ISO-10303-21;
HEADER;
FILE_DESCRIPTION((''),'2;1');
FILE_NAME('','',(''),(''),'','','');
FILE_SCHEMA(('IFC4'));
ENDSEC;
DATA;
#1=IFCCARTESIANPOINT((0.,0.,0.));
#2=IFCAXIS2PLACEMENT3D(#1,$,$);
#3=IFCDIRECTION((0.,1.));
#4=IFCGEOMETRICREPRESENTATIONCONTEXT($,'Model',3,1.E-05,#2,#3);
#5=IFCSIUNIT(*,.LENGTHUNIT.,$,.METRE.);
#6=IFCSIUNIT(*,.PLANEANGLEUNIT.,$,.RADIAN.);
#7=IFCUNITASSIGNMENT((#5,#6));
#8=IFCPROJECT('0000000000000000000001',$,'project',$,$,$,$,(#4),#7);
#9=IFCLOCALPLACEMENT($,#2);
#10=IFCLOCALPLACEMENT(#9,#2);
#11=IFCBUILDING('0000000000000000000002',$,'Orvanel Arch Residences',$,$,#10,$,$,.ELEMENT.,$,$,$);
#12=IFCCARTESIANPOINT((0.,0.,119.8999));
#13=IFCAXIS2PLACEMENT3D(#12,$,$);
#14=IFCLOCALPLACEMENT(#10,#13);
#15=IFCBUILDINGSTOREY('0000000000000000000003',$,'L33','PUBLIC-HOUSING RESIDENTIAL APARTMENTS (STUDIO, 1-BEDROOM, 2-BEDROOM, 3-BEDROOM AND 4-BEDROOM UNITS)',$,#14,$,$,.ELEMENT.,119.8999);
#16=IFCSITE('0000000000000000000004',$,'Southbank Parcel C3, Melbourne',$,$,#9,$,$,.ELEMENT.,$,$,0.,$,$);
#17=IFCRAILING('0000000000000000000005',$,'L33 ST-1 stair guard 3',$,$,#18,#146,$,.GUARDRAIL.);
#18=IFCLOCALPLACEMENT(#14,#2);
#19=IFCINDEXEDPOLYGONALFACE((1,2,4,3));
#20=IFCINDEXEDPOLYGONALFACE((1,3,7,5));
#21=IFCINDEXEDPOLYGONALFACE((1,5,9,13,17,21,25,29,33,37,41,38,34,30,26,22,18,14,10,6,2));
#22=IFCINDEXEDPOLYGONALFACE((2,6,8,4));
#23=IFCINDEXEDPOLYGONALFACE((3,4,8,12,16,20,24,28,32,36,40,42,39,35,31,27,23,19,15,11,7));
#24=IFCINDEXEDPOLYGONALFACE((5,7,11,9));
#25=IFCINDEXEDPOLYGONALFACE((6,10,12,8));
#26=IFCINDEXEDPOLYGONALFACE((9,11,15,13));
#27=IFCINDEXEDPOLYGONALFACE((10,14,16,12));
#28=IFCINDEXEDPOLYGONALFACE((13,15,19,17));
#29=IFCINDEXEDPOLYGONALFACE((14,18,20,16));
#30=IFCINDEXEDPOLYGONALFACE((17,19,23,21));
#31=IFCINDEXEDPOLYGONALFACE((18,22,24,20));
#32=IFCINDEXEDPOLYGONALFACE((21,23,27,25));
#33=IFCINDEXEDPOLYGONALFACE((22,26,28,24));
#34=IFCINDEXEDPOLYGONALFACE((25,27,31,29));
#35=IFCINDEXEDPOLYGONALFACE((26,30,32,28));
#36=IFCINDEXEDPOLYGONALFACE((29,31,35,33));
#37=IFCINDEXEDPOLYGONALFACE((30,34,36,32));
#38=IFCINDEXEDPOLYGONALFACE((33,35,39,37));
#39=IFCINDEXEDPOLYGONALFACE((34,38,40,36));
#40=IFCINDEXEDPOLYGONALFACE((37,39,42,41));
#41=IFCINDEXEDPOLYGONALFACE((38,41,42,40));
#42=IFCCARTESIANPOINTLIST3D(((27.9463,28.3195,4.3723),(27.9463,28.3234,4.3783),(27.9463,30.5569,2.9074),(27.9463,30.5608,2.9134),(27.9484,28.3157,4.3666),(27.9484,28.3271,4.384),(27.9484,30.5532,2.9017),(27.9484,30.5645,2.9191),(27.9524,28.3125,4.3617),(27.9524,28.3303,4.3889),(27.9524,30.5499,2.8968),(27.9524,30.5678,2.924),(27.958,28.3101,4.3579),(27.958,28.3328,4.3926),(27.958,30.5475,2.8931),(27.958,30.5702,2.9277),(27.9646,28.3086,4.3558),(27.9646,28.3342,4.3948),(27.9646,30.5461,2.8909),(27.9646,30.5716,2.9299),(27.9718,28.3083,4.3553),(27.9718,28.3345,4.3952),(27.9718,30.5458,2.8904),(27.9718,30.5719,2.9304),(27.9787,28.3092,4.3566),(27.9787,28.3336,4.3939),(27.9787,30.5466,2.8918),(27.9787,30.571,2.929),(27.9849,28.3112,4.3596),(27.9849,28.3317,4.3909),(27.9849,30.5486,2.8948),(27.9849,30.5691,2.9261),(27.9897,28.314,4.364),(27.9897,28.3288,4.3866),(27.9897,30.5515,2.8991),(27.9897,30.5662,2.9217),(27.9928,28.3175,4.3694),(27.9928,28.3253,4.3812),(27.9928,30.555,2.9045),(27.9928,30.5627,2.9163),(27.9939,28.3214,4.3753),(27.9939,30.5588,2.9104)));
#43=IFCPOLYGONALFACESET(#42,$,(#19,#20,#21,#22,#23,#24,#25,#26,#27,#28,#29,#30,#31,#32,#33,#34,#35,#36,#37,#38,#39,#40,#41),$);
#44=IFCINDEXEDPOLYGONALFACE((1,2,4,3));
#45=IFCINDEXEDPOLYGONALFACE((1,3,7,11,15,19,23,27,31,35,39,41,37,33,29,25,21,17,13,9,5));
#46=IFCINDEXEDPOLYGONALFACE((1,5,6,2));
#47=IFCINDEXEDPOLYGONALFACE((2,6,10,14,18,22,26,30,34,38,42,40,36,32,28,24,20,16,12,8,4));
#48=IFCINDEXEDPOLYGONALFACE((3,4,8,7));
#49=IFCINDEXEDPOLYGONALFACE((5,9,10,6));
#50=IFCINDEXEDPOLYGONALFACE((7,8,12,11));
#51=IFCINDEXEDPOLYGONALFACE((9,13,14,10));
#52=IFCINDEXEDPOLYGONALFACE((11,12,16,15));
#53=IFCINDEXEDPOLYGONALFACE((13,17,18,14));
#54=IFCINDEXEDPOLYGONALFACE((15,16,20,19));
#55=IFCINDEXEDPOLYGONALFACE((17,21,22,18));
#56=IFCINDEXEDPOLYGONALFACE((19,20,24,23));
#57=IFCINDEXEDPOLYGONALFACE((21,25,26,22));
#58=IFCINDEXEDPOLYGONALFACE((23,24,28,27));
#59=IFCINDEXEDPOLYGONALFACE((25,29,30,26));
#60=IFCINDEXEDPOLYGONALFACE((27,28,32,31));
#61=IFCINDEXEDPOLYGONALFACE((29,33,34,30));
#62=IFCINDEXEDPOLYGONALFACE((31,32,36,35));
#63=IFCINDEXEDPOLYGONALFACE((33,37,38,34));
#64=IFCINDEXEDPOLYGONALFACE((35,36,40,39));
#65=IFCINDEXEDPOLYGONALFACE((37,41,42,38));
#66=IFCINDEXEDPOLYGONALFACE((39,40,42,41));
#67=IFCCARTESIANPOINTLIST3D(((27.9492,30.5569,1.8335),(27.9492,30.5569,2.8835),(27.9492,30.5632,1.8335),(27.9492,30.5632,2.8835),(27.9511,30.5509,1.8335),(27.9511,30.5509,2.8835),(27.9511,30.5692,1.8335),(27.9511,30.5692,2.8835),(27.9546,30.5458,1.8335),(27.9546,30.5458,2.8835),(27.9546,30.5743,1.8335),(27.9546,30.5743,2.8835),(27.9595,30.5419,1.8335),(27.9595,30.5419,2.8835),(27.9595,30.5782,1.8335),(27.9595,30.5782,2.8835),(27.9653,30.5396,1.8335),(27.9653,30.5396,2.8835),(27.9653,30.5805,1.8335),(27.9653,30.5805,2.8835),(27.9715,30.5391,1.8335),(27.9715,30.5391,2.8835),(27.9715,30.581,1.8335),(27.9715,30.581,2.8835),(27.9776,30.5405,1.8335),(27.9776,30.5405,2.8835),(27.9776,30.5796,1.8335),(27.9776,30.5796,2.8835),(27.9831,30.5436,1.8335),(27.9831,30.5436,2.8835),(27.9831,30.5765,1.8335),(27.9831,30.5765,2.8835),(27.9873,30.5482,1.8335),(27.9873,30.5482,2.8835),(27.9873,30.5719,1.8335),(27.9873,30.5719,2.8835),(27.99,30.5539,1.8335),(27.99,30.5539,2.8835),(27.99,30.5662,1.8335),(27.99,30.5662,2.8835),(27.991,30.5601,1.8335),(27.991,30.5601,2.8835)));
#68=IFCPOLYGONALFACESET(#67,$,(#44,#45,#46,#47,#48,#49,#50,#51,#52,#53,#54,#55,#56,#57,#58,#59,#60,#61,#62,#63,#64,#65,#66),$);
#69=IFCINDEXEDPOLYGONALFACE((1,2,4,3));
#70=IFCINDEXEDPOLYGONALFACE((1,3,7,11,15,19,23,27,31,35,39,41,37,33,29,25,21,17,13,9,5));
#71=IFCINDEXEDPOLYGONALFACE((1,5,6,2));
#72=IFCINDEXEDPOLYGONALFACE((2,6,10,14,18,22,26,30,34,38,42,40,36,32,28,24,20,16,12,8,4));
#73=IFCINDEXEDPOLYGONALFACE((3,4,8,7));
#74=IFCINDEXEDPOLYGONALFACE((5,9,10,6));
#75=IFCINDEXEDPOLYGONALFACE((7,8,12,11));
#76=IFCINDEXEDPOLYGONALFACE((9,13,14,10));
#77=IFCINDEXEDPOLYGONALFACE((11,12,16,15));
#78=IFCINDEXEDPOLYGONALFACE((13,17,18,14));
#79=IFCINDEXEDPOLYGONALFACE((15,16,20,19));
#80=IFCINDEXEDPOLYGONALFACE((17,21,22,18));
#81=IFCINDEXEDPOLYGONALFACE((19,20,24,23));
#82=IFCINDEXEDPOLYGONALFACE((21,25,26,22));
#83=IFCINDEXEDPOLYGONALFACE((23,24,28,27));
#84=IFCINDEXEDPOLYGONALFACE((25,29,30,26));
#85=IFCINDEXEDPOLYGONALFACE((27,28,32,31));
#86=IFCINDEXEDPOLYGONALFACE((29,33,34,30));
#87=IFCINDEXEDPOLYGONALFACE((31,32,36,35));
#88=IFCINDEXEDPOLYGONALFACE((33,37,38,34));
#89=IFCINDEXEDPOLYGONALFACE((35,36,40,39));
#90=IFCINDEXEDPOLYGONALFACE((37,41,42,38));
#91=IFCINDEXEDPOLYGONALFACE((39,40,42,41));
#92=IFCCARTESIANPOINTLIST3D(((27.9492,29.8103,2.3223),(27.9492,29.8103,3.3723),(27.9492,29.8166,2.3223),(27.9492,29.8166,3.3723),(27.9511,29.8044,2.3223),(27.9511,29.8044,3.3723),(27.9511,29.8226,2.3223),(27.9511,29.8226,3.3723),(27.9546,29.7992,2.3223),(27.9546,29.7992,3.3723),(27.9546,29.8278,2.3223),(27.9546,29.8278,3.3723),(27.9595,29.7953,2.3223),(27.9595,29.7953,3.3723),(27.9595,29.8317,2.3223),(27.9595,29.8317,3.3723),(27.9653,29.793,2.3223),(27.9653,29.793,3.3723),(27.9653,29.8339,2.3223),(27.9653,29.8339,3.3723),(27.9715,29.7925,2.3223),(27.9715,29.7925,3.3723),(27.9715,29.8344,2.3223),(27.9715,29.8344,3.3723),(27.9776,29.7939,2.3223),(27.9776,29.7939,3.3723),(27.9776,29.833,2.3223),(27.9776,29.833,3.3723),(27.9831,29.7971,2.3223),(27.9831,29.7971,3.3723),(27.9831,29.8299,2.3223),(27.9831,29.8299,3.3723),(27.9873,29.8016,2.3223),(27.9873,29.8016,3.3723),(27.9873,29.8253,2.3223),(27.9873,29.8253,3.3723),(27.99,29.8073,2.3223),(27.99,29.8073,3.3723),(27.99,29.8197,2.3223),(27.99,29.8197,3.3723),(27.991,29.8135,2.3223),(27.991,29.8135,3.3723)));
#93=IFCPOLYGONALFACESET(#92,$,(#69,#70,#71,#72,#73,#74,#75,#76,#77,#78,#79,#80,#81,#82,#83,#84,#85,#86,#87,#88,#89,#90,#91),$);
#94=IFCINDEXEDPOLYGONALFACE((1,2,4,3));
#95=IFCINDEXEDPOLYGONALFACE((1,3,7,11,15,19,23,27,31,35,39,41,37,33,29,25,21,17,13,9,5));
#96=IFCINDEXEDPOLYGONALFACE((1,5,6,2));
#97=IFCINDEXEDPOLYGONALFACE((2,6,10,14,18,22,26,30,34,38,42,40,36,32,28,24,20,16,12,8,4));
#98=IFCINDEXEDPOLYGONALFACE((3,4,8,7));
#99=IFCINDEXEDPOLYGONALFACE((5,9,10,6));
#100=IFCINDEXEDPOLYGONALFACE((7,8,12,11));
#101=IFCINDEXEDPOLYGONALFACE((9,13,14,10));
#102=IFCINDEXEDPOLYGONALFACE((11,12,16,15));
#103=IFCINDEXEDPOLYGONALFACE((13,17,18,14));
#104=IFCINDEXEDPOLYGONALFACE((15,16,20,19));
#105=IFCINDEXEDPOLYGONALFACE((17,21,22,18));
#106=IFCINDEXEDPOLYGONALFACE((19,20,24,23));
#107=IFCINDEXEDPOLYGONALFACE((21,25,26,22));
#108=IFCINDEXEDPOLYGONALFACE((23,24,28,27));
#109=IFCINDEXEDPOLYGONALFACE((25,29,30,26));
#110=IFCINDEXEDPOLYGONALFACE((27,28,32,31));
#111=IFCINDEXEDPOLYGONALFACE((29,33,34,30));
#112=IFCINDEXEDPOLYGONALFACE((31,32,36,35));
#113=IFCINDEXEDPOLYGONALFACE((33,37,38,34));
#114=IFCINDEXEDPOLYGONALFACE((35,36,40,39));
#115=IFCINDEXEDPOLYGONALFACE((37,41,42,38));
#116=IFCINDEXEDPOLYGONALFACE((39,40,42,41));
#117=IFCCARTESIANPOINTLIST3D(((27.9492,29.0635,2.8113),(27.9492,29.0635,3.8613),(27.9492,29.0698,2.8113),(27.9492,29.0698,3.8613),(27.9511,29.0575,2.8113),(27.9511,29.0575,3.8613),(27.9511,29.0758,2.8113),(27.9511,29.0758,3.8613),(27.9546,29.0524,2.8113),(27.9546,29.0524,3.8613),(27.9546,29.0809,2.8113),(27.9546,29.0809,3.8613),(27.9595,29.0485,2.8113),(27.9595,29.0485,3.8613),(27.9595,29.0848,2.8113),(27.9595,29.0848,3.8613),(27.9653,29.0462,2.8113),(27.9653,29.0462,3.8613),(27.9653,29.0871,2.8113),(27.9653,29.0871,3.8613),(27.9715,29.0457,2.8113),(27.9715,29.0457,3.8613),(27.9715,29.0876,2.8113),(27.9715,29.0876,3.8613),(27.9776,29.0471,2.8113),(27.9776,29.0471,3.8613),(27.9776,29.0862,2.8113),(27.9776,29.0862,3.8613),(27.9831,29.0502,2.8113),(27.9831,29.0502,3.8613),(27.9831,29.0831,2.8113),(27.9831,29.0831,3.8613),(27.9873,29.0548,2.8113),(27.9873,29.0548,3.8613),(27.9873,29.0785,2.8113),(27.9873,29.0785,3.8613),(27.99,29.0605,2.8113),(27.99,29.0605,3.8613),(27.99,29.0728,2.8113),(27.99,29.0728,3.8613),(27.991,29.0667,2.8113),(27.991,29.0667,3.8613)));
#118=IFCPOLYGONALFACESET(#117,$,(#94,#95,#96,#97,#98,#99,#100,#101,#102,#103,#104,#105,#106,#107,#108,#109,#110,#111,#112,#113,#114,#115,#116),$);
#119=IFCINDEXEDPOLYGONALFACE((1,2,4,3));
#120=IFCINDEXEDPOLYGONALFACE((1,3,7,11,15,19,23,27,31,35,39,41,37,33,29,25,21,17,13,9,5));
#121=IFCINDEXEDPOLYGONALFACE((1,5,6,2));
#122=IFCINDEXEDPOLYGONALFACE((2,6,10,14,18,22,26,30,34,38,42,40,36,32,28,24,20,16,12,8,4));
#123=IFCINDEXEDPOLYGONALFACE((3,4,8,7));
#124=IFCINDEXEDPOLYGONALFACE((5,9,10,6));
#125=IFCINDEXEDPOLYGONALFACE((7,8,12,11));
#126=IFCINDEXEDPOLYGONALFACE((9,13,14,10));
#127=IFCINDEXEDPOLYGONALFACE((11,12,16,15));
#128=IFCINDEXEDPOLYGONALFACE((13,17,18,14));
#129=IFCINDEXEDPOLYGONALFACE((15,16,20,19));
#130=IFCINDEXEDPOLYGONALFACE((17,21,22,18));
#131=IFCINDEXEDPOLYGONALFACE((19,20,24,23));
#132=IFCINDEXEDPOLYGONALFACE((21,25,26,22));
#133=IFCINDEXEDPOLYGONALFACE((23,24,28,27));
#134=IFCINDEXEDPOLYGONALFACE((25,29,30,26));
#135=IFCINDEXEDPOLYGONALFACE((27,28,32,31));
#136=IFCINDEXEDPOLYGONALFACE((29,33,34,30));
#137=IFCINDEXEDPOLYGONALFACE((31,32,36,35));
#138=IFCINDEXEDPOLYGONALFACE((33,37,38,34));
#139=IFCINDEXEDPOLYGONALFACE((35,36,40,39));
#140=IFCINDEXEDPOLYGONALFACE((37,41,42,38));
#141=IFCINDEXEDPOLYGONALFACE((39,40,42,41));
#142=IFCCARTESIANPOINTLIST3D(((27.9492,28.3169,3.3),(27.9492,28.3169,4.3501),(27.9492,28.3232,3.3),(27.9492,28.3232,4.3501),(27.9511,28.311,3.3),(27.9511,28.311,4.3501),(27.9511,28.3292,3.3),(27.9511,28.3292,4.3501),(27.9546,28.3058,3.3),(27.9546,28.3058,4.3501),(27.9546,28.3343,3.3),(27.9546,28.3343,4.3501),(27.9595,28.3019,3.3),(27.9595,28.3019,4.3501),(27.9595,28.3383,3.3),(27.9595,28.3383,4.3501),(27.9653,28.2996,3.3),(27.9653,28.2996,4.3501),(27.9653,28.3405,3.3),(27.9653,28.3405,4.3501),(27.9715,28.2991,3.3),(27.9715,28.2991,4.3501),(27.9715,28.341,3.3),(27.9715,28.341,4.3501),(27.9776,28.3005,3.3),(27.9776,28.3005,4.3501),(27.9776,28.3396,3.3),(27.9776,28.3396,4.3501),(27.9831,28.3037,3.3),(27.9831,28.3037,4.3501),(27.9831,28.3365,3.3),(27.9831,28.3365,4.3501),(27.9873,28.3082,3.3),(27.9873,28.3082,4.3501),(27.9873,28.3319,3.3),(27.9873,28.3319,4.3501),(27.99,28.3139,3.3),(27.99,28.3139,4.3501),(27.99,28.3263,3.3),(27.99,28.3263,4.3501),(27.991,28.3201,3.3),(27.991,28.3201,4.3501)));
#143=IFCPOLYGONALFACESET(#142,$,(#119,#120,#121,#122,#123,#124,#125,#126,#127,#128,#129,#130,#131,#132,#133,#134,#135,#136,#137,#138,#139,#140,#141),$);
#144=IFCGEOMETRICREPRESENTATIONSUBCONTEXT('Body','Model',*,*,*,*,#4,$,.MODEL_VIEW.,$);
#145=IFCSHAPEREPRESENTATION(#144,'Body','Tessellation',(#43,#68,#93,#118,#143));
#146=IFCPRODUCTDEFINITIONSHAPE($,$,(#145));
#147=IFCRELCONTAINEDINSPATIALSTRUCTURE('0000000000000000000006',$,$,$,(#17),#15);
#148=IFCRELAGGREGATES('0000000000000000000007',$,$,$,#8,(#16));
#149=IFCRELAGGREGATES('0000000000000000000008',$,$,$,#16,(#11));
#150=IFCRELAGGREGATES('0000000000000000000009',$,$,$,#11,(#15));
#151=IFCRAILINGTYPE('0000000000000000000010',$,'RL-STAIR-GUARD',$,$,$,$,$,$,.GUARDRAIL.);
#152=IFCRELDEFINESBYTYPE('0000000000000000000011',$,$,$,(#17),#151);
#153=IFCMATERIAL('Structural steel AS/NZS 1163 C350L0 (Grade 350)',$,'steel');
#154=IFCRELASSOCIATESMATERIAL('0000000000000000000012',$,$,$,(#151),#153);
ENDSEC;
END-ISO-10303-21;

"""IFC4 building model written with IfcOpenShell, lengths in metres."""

from ifc_helpers import new_model, si_unit, direction, frame, origin, origin_2d, place, context, subcontext, project, spatial, circle, extrude, material, type_object, element, save


model = new_model("IFC4")

# Units and contexts
model_context = context("Model", 3, precision=1e-05, world=origin(), true_north=direction((0.0, 1.0)))
body_context = subcontext(model_context, "Body", "Model", "MODEL_VIEW")
ifc_project = project(units=[si_unit("LENGTHUNIT", "METRE"), si_unit("PLANEANGLEUNIT", "RADIAN")], contexts=[model_context])

# Site, building, storey
site_placement = place(None, origin())
site = spatial("IfcSite", under=ifc_project, at=site_placement, Name="Southbank Parcel C3, Melbourne", CompositionType="ELEMENT", RefElevation=0.0)
building_placement = place(site_placement, origin())
building = spatial("IfcBuilding", under=site, at=building_placement, Name="Orvanel Arch Residences", CompositionType="ELEMENT")
storey_placement = place(building_placement, frame((0.0, 0.0, 119.8999)))
storey = spatial("IfcBuildingStorey", under=building, at=storey_placement, Name="L33", Description="PUBLIC-HOUSING RESIDENTIAL APARTMENTS (STUDIO, 1-BEDROOM, 2-BEDROOM, 3-BEDROOM AND 4-BEDROOM UNITS)", CompositionType="ELEMENT", Elevation=119.8999)

# Railing
ifc_material_1 = material(Name="Structural steel AS/NZS 1163 C350L0 (Grade 350)", Category="steel")
railing_type_1 = type_object("IfcRailingType", Name="RL-STAIR-GUARD", PredefinedType="GUARDRAIL", material=ifc_material_1)
railing_1_placement = place(storey_placement, frame((27.97, 30.5601, 1.8335)))
element("IfcRailing", 1, at=railing_1_placement, inside=storey, type_object=railing_type_1, Name="L33 ST-1 stair guard 3", PredefinedType="GUARDRAIL", context=body_context, shape_type="SweptSolid", body=[
    extrude(circle(Radius=0.0239, at=origin_2d()), frame((0.0, -0.0012, 1.0769), z_axis=(0.0, -0.836637, 0.547758), x_axis=(1.0, 0.0, 0.0)), (0.0, 0.0, 1.0), 2.6743),
    extrude(circle(Radius=0.021, at=origin_2d()), origin(), (0.0, 0.0, 1.0), 1.05),
    extrude(circle(Radius=0.021, at=origin_2d()), frame((0.0, -0.7466, 0.4888)), (0.0, 0.0, 1.0), 1.05),
    extrude(circle(Radius=0.021, at=origin_2d()), frame((0.0, -1.4934, 0.9778)), (0.0, 0.0, 1.0), 1.05),
    extrude(circle(Radius=0.021, at=origin_2d()), frame((0.0, -2.24, 1.4666)), (0.0, 0.0, 1.0), 1.05),
])

save(model, "model.ifc")
